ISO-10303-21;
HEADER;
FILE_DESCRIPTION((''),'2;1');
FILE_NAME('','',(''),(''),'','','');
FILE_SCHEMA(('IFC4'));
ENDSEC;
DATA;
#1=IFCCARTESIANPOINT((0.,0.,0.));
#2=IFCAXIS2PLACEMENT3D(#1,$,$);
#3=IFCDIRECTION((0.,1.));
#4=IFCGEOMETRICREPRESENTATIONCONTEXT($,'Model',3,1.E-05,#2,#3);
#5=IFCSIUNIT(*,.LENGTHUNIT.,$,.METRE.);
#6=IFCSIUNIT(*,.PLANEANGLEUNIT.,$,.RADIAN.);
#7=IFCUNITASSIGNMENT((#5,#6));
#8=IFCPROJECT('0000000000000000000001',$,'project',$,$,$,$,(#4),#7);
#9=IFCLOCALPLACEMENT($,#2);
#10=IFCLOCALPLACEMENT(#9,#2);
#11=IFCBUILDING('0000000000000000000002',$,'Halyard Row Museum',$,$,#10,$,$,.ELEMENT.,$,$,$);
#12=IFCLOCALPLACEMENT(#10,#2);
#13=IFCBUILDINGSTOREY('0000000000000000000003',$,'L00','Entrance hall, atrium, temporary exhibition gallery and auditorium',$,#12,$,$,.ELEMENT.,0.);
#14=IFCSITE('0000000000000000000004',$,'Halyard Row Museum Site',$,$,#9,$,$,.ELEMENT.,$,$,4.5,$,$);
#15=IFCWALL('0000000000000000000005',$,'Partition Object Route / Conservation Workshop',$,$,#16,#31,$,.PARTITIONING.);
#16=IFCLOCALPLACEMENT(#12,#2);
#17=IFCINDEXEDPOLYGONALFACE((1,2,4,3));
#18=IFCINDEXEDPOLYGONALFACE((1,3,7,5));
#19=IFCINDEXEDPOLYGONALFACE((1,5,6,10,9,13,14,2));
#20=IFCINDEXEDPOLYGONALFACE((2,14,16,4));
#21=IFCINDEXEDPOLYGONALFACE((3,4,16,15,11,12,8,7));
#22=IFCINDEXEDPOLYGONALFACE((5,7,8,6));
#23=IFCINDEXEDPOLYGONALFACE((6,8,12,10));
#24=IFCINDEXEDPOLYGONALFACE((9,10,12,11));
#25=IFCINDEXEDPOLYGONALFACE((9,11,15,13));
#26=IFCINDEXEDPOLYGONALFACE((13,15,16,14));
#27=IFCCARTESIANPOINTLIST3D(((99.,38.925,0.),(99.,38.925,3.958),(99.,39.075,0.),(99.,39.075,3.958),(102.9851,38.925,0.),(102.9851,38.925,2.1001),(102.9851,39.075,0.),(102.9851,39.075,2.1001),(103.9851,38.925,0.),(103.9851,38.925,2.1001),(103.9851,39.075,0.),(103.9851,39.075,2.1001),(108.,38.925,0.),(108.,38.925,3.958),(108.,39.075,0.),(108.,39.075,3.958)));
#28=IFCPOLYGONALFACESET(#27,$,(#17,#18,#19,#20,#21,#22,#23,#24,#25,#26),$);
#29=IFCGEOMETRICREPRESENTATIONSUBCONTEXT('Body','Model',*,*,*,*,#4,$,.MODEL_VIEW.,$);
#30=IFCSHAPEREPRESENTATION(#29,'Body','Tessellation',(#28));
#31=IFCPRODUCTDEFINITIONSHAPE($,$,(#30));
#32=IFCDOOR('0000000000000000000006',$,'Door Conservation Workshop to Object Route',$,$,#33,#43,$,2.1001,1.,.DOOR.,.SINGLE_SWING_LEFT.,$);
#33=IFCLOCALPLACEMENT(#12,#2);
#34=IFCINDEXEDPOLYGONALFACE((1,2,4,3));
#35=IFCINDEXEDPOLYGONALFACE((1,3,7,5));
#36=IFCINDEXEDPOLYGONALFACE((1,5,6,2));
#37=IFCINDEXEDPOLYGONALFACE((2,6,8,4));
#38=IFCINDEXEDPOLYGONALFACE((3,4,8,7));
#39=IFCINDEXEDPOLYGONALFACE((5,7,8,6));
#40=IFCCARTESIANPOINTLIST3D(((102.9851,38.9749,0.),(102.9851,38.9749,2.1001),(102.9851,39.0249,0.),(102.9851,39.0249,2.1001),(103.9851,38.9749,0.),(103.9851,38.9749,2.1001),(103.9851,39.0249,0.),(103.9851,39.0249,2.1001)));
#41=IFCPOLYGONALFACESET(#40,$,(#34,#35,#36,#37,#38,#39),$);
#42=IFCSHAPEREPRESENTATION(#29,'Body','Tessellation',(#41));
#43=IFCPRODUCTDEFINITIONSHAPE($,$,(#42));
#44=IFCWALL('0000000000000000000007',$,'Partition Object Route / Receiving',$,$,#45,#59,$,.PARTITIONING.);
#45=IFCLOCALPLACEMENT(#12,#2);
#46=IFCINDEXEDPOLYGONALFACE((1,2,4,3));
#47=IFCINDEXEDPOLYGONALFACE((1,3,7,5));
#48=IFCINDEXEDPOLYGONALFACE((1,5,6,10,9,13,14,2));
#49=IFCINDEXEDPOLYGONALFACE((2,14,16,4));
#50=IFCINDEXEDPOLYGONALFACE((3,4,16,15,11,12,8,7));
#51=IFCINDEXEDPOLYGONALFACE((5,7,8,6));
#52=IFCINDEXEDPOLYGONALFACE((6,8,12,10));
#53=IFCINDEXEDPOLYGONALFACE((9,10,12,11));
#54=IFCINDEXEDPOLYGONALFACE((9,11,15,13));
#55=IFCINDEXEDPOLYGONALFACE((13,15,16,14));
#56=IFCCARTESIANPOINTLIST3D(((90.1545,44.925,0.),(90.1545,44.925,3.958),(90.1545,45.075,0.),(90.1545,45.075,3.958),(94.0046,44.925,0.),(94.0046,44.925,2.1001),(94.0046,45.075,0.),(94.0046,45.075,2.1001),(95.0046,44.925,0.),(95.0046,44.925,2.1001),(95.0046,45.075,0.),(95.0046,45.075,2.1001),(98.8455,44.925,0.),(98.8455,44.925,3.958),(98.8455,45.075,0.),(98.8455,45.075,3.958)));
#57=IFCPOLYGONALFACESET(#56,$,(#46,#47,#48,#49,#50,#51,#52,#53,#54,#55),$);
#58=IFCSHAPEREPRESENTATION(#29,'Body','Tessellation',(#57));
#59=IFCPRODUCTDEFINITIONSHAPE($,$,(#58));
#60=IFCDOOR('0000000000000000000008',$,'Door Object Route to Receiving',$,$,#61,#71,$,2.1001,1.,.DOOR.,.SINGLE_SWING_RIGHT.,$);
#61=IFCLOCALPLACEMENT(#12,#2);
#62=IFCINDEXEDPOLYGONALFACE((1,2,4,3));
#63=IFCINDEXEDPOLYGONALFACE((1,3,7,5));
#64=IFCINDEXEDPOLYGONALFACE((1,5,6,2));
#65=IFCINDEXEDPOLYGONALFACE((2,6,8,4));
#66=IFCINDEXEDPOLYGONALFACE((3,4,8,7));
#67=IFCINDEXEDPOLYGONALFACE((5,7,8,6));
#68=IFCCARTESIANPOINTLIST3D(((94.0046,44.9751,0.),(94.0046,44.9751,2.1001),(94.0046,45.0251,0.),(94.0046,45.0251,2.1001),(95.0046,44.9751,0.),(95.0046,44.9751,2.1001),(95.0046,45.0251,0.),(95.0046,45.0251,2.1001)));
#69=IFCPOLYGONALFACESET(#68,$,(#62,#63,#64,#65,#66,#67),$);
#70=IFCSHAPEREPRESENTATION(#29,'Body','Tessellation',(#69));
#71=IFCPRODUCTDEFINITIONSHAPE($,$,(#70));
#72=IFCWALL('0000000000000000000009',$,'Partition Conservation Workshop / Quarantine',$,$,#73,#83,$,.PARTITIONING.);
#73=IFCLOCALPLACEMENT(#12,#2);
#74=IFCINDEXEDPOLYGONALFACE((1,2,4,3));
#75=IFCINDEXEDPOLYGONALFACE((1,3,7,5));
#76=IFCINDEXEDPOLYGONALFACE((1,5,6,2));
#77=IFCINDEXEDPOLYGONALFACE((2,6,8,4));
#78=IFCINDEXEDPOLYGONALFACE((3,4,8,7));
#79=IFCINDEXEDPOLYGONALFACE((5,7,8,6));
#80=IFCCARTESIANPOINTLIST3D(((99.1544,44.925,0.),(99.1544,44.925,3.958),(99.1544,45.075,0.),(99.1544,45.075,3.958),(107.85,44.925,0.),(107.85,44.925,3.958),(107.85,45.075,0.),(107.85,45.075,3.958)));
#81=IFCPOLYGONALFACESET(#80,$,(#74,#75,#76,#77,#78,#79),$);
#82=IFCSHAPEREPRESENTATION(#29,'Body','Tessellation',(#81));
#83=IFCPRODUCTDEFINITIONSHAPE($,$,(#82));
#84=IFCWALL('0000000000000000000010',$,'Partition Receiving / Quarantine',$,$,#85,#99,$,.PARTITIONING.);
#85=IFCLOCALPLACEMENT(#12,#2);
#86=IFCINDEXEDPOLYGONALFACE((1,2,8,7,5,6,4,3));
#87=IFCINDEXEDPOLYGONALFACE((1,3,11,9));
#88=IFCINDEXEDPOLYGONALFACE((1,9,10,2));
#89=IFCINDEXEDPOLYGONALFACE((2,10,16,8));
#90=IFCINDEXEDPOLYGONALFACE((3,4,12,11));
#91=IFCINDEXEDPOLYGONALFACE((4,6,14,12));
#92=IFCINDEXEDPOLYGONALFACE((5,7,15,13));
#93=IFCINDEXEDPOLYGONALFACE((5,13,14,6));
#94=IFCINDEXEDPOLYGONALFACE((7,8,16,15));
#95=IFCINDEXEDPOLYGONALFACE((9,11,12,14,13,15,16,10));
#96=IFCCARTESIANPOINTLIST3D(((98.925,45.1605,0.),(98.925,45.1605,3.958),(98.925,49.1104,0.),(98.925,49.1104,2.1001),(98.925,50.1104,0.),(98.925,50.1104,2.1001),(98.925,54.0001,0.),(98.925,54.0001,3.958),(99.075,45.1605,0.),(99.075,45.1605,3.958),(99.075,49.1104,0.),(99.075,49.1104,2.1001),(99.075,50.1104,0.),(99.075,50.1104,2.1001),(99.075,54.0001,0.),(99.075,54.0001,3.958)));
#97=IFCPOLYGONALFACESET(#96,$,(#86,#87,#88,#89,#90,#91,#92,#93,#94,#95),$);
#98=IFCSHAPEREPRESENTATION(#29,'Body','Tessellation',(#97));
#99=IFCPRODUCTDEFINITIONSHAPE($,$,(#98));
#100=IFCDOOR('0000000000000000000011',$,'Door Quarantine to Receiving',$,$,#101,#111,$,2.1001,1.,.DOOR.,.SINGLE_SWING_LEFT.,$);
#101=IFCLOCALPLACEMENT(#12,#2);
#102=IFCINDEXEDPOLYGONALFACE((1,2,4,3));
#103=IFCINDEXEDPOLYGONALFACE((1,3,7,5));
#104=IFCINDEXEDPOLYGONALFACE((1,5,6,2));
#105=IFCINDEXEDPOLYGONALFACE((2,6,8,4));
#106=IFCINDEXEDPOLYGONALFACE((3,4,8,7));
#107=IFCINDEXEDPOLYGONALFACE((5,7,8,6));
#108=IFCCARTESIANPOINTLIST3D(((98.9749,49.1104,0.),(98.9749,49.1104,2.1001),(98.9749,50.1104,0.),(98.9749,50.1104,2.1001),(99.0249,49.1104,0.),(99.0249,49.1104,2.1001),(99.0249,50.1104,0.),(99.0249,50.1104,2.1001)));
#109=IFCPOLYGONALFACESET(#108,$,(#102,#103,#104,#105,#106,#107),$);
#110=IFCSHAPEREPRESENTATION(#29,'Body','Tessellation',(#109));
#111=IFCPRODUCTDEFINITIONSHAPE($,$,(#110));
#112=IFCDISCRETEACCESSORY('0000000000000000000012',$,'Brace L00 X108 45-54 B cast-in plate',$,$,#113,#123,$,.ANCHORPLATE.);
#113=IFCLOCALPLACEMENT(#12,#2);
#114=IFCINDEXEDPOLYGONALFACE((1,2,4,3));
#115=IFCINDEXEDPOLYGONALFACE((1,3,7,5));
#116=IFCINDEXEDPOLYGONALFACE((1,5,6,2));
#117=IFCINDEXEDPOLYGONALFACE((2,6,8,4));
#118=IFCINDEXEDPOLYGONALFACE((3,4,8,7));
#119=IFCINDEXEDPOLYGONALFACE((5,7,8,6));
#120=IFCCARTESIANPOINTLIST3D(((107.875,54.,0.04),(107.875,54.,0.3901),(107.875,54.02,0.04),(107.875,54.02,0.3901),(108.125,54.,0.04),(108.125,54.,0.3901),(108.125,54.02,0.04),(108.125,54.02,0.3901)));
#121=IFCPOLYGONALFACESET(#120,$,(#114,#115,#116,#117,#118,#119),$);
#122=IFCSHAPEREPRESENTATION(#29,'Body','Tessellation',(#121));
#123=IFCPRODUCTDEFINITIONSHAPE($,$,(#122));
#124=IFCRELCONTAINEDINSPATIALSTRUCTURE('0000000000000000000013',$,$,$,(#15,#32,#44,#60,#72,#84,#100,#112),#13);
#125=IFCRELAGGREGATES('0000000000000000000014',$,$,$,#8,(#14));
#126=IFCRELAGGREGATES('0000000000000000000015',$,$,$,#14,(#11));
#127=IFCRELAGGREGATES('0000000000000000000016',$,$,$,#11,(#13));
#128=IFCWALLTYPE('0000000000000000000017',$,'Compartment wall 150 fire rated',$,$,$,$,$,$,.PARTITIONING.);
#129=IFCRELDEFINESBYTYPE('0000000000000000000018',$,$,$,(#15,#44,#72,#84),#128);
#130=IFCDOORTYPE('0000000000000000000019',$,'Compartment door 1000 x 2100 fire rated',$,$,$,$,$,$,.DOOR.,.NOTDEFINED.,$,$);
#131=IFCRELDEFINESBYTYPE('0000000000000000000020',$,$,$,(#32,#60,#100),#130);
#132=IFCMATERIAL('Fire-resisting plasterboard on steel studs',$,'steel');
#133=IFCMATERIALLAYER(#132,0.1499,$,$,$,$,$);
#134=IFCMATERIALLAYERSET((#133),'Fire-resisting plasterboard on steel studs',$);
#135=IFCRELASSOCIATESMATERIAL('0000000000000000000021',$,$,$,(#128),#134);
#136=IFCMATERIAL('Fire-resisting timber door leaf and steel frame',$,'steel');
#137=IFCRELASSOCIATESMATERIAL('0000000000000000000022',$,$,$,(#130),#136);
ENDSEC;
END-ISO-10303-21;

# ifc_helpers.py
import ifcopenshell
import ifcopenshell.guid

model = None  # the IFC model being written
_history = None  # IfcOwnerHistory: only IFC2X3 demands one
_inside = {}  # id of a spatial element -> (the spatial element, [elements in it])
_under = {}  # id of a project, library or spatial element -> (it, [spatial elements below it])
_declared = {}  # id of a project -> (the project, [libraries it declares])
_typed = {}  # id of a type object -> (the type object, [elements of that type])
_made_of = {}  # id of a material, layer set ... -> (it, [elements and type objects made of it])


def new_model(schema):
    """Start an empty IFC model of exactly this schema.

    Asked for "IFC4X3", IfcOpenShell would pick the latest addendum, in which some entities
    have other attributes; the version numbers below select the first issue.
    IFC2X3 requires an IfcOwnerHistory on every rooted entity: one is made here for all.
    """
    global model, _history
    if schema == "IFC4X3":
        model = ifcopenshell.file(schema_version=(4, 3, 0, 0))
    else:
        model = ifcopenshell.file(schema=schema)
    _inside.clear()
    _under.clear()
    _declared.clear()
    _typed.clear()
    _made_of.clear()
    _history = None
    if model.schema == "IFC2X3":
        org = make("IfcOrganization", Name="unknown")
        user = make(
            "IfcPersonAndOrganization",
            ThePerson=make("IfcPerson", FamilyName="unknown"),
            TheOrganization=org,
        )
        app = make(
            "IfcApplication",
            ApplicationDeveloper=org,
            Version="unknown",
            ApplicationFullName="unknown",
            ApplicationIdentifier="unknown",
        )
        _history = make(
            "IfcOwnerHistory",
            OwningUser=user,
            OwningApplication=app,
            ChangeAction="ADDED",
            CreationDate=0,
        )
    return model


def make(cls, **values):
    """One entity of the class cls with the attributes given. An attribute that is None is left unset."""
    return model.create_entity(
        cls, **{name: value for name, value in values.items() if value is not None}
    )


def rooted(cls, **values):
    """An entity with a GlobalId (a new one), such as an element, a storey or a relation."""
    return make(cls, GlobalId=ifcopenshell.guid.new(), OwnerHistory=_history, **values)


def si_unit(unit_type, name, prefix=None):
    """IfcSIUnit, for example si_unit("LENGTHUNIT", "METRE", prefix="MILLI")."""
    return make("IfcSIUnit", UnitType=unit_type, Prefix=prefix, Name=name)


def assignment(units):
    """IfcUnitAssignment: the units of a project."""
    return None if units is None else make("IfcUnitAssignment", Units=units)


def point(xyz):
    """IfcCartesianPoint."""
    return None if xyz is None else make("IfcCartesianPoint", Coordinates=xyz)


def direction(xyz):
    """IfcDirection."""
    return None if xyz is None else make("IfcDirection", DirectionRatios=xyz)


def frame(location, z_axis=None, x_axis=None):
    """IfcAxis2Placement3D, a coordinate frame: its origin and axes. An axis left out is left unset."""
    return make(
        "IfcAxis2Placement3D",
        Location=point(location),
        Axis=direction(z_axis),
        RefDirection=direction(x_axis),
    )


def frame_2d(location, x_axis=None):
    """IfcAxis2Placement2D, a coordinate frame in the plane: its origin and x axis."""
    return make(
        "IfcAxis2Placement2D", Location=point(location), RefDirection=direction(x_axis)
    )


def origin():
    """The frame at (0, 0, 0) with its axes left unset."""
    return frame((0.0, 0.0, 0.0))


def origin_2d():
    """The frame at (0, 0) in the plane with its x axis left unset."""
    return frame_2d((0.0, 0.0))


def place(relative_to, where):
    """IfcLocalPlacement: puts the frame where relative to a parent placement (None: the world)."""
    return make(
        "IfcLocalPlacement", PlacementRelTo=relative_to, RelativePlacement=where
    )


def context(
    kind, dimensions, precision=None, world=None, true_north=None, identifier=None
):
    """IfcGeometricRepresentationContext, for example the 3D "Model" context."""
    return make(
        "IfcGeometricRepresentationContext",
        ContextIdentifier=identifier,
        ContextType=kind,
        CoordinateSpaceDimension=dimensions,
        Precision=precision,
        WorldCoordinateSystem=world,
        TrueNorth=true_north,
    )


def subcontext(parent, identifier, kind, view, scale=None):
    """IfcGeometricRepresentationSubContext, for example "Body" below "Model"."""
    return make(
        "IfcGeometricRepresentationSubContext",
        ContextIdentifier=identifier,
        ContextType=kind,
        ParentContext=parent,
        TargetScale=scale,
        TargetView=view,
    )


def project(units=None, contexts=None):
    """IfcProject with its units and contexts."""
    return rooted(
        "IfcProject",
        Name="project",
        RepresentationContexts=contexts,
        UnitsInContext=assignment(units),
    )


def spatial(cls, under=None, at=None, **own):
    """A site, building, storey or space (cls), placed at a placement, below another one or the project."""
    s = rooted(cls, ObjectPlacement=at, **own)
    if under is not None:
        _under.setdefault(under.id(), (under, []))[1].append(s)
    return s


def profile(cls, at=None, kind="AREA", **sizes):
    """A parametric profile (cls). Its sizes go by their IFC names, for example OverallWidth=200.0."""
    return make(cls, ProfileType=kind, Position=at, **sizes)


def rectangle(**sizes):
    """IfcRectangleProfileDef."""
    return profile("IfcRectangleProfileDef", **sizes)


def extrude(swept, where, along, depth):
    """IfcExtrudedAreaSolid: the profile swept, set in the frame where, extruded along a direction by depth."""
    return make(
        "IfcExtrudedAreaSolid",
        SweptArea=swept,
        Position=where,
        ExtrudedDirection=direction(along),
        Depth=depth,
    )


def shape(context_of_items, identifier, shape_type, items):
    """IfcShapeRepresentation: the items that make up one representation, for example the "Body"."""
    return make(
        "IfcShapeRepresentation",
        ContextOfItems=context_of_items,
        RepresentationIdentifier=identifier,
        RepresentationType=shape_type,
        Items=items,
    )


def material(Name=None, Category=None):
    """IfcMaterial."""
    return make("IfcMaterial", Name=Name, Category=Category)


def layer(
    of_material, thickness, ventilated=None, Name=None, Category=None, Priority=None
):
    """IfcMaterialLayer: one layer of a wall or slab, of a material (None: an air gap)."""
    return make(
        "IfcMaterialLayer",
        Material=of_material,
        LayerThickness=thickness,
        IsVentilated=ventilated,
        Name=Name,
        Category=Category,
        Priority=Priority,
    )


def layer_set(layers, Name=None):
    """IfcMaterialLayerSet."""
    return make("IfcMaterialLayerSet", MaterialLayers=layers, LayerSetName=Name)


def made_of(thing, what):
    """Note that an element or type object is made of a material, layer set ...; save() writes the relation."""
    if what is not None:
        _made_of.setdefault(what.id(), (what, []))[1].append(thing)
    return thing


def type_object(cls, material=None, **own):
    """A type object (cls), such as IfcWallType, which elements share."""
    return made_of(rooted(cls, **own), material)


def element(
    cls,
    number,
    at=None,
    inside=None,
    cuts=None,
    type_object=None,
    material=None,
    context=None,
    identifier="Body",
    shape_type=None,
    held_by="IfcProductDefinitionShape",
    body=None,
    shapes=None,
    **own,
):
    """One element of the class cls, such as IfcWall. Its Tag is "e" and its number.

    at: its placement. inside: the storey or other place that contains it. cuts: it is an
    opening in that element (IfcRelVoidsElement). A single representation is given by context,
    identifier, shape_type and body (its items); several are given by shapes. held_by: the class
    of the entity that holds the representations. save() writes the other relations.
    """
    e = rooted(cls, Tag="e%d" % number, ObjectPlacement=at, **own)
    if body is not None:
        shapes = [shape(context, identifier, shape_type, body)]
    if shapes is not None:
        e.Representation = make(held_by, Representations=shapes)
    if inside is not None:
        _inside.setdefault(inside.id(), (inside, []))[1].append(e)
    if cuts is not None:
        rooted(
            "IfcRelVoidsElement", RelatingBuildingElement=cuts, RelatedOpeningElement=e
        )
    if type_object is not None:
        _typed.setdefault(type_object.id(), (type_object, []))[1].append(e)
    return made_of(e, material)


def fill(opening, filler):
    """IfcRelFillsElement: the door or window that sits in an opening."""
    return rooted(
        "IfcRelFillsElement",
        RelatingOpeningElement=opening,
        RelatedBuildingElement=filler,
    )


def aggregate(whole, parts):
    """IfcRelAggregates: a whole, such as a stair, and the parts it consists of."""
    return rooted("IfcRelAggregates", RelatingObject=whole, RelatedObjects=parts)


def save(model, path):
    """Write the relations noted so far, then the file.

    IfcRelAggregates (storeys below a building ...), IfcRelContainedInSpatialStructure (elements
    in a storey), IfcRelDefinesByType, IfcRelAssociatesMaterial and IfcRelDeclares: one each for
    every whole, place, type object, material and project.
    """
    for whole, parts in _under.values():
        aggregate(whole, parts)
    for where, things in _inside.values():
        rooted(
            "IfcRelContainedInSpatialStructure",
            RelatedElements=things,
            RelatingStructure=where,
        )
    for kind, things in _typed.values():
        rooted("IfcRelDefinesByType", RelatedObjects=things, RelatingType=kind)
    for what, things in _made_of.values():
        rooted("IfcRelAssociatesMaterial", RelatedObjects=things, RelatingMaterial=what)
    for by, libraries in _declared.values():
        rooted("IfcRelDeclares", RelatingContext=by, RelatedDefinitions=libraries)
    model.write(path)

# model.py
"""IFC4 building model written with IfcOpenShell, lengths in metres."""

from ifc_helpers import new_model, si_unit, direction, frame, frame_2d, origin, origin_2d, place, context, subcontext, project, spatial, rectangle, extrude, material, layer, layer_set, type_object, element, fill, save


model = new_model("IFC4")

# Units and contexts
model_context = context("Model", 3, precision=1e-05, world=origin(), true_north=direction((0.0, 1.0)))
body_context = subcontext(model_context, "Body", "Model", "MODEL_VIEW")
ifc_project = project(units=[si_unit("LENGTHUNIT", "METRE"), si_unit("PLANEANGLEUNIT", "RADIAN")], contexts=[model_context])

# Site, building, storey
site_placement = place(None, origin())
site = spatial("IfcSite", under=ifc_project, at=site_placement, Name="Halyard Row Museum Site", CompositionType="ELEMENT", RefElevation=4.5)
building_placement = place(site_placement, origin())
building = spatial("IfcBuilding", under=site, at=building_placement, Name="Halyard Row Museum", CompositionType="ELEMENT")
storey_placement = place(building_placement, origin())
storey = spatial("IfcBuildingStorey", under=building, at=storey_placement, Name="L00", Description="Entrance hall, atrium, temporary exhibition gallery and auditorium", CompositionType="ELEMENT", Elevation=0.0)

# Shared definitions
ifc_material_1 = material(Name="Fire-resisting plasterboard on steel studs", Category="steel")
ifc_layer_1 = layer(ifc_material_1, 0.1499)
ifc_layer_set_1 = layer_set([ifc_layer_1], Name="Fire-resisting plasterboard on steel studs")
wall_type_1 = type_object("IfcWallType", Name="Compartment wall 150 fire rated", PredefinedType="PARTITIONING", material=ifc_layer_set_1)

# Walls, openings, doors
wall_1_placement = place(storey_placement, frame((99.0, 39.0, 0.0), z_axis=(0.0, 0.0, 1.0), x_axis=(1.0, 0.0, 0.0)))
wall_1 = element("IfcWall", 1, at=wall_1_placement, inside=storey, type_object=wall_type_1, Name="Partition Object Route / Conservation Workshop", PredefinedType="PARTITIONING", context=body_context, shape_type="SweptSolid", body=[
    extrude(rectangle(XDim=9.0, YDim=0.1499, at=frame_2d((4.5, 0.0))), origin(), (0.0, 0.0, 1.0), 3.958),
])
opening_1_placement = place(wall_1_placement, frame((3.9851, 0.0, 0.0)))
opening_1 = element("IfcOpeningElement", 2, at=opening_1_placement, cuts=wall_1, PredefinedType="OPENING", context=body_context, shape_type="SweptSolid", body=[
    extrude(rectangle(XDim=1.0, YDim=2.1001, at=frame_2d((0.5, 1.05))), frame((0.0, 0.085, 0.0), z_axis=(0.0, -1.0, 0.0), x_axis=(1.0, 0.0, 0.0)), (0.0, 0.0, 1.0), 0.1699),
])
ifc_material_2 = material(Name="Fire-resisting timber door leaf and steel frame", Category="steel")
door_type_1 = type_object("IfcDoorType", Name="Compartment door 1000 x 2100 fire rated", OperationType="NOTDEFINED", PredefinedType="DOOR", material=ifc_material_2)
door_1_placement = place(opening_1_placement, origin())
door_1 = element("IfcDoor", 3, at=door_1_placement, inside=storey, type_object=door_type_1, Name="Door Conservation Workshop to Object Route", OperationType="SINGLE_SWING_LEFT", OverallHeight=2.1001, OverallWidth=1.0, PredefinedType="DOOR", context=body_context, shape_type="SweptSolid", body=[
    extrude(rectangle(XDim=1.0, YDim=2.1001, at=frame_2d((0.5, 1.05))), frame((0.0, 0.0249, 0.0), z_axis=(0.0, -1.0, 0.0), x_axis=(1.0, 0.0, 0.0)), (0.0, 0.0, 1.0), 0.05),
])
fill(opening_1, door_1)
wall_2_placement = place(storey_placement, frame((90.1545, 45.0, 0.0), z_axis=(0.0, 0.0, 1.0), x_axis=(1.0, 0.0, 0.0)))
wall_2 = element("IfcWall", 4, at=wall_2_placement, inside=storey, type_object=wall_type_1, Name="Partition Object Route / Receiving", PredefinedType="PARTITIONING", context=body_context, shape_type="SweptSolid", body=[
    extrude(rectangle(XDim=8.6909, YDim=0.1499, at=frame_2d((4.3455, 0.0))), origin(), (0.0, 0.0, 1.0), 3.958),
])
opening_2_placement = place(wall_2_placement, frame((3.8501, 0.0, 0.0)))
opening_2 = element("IfcOpeningElement", 5, at=opening_2_placement, cuts=wall_2, PredefinedType="OPENING", context=body_context, shape_type="SweptSolid", body=[
    extrude(rectangle(XDim=1.0, YDim=2.1001, at=frame_2d((0.5, 1.05))), frame((0.0, 0.085, 0.0), z_axis=(0.0, -1.0, 0.0), x_axis=(1.0, 0.0, 0.0)), (0.0, 0.0, 1.0), 0.1699),
])
door_2_placement = place(opening_2_placement, frame((1.0, 0.0, 0.0), z_axis=(0.0, 0.0, 1.0), x_axis=(-1.0, 0.0, 0.0)))
door_2 = element("IfcDoor", 6, at=door_2_placement, inside=storey, type_object=door_type_1, Name="Door Object Route to Receiving", OperationType="SINGLE_SWING_RIGHT", OverallHeight=2.1001, OverallWidth=1.0, PredefinedType="DOOR", context=body_context, shape_type="SweptSolid", body=[
    extrude(rectangle(XDim=1.0, YDim=2.1001, at=frame_2d((0.5, 1.05))), frame((0.0, 0.0249, 0.0), z_axis=(0.0, -1.0, 0.0), x_axis=(1.0, 0.0, 0.0)), (0.0, 0.0, 1.0), 0.05),
])
fill(opening_2, door_2)

# Wall
wall_3_placement = place(storey_placement, frame((99.1545, 45.0, 0.0), z_axis=(0.0, 0.0, 1.0), x_axis=(1.0, 0.0, 0.0)))
element("IfcWall", 7, at=wall_3_placement, inside=storey, type_object=wall_type_1, Name="Partition Conservation Workshop / Quarantine", PredefinedType="PARTITIONING", context=body_context, shape_type="SweptSolid", body=[
    extrude(rectangle(XDim=8.6956, YDim=0.1499, at=frame_2d((4.3477, 0.0))), origin(), (0.0, 0.0, 1.0), 3.958),
])

# Wall, opening, door
wall_4_placement = place(storey_placement, frame((99.0, 45.1604, 0.0), z_axis=(0.0, 0.0, 1.0), x_axis=(0.0, 1.0, 0.0)))
wall_4 = element("IfcWall", 8, at=wall_4_placement, inside=storey, type_object=wall_type_1, Name="Partition Receiving / Quarantine", PredefinedType="PARTITIONING", context=body_context, shape_type="SweptSolid", body=[
    extrude(rectangle(XDim=8.8396, YDim=0.1499, at=frame_2d((4.4199, 0.0))), origin(), (0.0, 0.0, 1.0), 3.958),
])
opening_3_placement = place(wall_4_placement, frame((3.95, 0.0, 0.0)))
opening_3 = element("IfcOpeningElement", 9, at=opening_3_placement, cuts=wall_4, PredefinedType="OPENING", context=body_context, shape_type="SweptSolid", body=[
    extrude(rectangle(XDim=1.0, YDim=2.1001, at=frame_2d((0.5, 1.05))), frame((0.0, 0.085, 0.0), z_axis=(0.0, -1.0, 0.0), x_axis=(1.0, 0.0, 0.0)), (0.0, 0.0, 1.0), 0.1699),
])
door_3_placement = place(opening_3_placement, frame((1.0, 0.0, 0.0), z_axis=(0.0, 0.0, 1.0), x_axis=(-1.0, 0.0, 0.0)))
door_3 = element("IfcDoor", 10, at=door_3_placement, inside=storey, type_object=door_type_1, Name="Door Quarantine to Receiving", OperationType="SINGLE_SWING_LEFT", OverallHeight=2.1001, OverallWidth=1.0, PredefinedType="DOOR", context=body_context, shape_type="SweptSolid", body=[
    extrude(rectangle(XDim=1.0, YDim=2.1001, at=frame_2d((0.5, 1.05))), frame((0.0, 0.0249, 0.0), z_axis=(0.0, -1.0, 0.0), x_axis=(1.0, 0.0, 0.0)), (0.0, 0.0, 1.0), 0.05),
])
fill(opening_3, door_3)

# Discrete accessory
discrete_accessory_placement = place(storey_placement, frame((108.0, 54.0, 0.2151), z_axis=(0.0, 1.0, 0.0), x_axis=(-1.0, 0.0, 0.0)))
element("IfcDiscreteAccessory", 11, at=discrete_accessory_placement, inside=storey, Name="Brace L00 X108 45-54 B cast-in plate", PredefinedType="ANCHORPLATE", context=body_context, shape_type="SweptSolid", body=[
    extrude(rectangle(XDim=0.25, YDim=0.3501, at=origin_2d()), origin(), (0.0, 0.0, 1.0), 0.02),
])

save(model, "model.ifc")
